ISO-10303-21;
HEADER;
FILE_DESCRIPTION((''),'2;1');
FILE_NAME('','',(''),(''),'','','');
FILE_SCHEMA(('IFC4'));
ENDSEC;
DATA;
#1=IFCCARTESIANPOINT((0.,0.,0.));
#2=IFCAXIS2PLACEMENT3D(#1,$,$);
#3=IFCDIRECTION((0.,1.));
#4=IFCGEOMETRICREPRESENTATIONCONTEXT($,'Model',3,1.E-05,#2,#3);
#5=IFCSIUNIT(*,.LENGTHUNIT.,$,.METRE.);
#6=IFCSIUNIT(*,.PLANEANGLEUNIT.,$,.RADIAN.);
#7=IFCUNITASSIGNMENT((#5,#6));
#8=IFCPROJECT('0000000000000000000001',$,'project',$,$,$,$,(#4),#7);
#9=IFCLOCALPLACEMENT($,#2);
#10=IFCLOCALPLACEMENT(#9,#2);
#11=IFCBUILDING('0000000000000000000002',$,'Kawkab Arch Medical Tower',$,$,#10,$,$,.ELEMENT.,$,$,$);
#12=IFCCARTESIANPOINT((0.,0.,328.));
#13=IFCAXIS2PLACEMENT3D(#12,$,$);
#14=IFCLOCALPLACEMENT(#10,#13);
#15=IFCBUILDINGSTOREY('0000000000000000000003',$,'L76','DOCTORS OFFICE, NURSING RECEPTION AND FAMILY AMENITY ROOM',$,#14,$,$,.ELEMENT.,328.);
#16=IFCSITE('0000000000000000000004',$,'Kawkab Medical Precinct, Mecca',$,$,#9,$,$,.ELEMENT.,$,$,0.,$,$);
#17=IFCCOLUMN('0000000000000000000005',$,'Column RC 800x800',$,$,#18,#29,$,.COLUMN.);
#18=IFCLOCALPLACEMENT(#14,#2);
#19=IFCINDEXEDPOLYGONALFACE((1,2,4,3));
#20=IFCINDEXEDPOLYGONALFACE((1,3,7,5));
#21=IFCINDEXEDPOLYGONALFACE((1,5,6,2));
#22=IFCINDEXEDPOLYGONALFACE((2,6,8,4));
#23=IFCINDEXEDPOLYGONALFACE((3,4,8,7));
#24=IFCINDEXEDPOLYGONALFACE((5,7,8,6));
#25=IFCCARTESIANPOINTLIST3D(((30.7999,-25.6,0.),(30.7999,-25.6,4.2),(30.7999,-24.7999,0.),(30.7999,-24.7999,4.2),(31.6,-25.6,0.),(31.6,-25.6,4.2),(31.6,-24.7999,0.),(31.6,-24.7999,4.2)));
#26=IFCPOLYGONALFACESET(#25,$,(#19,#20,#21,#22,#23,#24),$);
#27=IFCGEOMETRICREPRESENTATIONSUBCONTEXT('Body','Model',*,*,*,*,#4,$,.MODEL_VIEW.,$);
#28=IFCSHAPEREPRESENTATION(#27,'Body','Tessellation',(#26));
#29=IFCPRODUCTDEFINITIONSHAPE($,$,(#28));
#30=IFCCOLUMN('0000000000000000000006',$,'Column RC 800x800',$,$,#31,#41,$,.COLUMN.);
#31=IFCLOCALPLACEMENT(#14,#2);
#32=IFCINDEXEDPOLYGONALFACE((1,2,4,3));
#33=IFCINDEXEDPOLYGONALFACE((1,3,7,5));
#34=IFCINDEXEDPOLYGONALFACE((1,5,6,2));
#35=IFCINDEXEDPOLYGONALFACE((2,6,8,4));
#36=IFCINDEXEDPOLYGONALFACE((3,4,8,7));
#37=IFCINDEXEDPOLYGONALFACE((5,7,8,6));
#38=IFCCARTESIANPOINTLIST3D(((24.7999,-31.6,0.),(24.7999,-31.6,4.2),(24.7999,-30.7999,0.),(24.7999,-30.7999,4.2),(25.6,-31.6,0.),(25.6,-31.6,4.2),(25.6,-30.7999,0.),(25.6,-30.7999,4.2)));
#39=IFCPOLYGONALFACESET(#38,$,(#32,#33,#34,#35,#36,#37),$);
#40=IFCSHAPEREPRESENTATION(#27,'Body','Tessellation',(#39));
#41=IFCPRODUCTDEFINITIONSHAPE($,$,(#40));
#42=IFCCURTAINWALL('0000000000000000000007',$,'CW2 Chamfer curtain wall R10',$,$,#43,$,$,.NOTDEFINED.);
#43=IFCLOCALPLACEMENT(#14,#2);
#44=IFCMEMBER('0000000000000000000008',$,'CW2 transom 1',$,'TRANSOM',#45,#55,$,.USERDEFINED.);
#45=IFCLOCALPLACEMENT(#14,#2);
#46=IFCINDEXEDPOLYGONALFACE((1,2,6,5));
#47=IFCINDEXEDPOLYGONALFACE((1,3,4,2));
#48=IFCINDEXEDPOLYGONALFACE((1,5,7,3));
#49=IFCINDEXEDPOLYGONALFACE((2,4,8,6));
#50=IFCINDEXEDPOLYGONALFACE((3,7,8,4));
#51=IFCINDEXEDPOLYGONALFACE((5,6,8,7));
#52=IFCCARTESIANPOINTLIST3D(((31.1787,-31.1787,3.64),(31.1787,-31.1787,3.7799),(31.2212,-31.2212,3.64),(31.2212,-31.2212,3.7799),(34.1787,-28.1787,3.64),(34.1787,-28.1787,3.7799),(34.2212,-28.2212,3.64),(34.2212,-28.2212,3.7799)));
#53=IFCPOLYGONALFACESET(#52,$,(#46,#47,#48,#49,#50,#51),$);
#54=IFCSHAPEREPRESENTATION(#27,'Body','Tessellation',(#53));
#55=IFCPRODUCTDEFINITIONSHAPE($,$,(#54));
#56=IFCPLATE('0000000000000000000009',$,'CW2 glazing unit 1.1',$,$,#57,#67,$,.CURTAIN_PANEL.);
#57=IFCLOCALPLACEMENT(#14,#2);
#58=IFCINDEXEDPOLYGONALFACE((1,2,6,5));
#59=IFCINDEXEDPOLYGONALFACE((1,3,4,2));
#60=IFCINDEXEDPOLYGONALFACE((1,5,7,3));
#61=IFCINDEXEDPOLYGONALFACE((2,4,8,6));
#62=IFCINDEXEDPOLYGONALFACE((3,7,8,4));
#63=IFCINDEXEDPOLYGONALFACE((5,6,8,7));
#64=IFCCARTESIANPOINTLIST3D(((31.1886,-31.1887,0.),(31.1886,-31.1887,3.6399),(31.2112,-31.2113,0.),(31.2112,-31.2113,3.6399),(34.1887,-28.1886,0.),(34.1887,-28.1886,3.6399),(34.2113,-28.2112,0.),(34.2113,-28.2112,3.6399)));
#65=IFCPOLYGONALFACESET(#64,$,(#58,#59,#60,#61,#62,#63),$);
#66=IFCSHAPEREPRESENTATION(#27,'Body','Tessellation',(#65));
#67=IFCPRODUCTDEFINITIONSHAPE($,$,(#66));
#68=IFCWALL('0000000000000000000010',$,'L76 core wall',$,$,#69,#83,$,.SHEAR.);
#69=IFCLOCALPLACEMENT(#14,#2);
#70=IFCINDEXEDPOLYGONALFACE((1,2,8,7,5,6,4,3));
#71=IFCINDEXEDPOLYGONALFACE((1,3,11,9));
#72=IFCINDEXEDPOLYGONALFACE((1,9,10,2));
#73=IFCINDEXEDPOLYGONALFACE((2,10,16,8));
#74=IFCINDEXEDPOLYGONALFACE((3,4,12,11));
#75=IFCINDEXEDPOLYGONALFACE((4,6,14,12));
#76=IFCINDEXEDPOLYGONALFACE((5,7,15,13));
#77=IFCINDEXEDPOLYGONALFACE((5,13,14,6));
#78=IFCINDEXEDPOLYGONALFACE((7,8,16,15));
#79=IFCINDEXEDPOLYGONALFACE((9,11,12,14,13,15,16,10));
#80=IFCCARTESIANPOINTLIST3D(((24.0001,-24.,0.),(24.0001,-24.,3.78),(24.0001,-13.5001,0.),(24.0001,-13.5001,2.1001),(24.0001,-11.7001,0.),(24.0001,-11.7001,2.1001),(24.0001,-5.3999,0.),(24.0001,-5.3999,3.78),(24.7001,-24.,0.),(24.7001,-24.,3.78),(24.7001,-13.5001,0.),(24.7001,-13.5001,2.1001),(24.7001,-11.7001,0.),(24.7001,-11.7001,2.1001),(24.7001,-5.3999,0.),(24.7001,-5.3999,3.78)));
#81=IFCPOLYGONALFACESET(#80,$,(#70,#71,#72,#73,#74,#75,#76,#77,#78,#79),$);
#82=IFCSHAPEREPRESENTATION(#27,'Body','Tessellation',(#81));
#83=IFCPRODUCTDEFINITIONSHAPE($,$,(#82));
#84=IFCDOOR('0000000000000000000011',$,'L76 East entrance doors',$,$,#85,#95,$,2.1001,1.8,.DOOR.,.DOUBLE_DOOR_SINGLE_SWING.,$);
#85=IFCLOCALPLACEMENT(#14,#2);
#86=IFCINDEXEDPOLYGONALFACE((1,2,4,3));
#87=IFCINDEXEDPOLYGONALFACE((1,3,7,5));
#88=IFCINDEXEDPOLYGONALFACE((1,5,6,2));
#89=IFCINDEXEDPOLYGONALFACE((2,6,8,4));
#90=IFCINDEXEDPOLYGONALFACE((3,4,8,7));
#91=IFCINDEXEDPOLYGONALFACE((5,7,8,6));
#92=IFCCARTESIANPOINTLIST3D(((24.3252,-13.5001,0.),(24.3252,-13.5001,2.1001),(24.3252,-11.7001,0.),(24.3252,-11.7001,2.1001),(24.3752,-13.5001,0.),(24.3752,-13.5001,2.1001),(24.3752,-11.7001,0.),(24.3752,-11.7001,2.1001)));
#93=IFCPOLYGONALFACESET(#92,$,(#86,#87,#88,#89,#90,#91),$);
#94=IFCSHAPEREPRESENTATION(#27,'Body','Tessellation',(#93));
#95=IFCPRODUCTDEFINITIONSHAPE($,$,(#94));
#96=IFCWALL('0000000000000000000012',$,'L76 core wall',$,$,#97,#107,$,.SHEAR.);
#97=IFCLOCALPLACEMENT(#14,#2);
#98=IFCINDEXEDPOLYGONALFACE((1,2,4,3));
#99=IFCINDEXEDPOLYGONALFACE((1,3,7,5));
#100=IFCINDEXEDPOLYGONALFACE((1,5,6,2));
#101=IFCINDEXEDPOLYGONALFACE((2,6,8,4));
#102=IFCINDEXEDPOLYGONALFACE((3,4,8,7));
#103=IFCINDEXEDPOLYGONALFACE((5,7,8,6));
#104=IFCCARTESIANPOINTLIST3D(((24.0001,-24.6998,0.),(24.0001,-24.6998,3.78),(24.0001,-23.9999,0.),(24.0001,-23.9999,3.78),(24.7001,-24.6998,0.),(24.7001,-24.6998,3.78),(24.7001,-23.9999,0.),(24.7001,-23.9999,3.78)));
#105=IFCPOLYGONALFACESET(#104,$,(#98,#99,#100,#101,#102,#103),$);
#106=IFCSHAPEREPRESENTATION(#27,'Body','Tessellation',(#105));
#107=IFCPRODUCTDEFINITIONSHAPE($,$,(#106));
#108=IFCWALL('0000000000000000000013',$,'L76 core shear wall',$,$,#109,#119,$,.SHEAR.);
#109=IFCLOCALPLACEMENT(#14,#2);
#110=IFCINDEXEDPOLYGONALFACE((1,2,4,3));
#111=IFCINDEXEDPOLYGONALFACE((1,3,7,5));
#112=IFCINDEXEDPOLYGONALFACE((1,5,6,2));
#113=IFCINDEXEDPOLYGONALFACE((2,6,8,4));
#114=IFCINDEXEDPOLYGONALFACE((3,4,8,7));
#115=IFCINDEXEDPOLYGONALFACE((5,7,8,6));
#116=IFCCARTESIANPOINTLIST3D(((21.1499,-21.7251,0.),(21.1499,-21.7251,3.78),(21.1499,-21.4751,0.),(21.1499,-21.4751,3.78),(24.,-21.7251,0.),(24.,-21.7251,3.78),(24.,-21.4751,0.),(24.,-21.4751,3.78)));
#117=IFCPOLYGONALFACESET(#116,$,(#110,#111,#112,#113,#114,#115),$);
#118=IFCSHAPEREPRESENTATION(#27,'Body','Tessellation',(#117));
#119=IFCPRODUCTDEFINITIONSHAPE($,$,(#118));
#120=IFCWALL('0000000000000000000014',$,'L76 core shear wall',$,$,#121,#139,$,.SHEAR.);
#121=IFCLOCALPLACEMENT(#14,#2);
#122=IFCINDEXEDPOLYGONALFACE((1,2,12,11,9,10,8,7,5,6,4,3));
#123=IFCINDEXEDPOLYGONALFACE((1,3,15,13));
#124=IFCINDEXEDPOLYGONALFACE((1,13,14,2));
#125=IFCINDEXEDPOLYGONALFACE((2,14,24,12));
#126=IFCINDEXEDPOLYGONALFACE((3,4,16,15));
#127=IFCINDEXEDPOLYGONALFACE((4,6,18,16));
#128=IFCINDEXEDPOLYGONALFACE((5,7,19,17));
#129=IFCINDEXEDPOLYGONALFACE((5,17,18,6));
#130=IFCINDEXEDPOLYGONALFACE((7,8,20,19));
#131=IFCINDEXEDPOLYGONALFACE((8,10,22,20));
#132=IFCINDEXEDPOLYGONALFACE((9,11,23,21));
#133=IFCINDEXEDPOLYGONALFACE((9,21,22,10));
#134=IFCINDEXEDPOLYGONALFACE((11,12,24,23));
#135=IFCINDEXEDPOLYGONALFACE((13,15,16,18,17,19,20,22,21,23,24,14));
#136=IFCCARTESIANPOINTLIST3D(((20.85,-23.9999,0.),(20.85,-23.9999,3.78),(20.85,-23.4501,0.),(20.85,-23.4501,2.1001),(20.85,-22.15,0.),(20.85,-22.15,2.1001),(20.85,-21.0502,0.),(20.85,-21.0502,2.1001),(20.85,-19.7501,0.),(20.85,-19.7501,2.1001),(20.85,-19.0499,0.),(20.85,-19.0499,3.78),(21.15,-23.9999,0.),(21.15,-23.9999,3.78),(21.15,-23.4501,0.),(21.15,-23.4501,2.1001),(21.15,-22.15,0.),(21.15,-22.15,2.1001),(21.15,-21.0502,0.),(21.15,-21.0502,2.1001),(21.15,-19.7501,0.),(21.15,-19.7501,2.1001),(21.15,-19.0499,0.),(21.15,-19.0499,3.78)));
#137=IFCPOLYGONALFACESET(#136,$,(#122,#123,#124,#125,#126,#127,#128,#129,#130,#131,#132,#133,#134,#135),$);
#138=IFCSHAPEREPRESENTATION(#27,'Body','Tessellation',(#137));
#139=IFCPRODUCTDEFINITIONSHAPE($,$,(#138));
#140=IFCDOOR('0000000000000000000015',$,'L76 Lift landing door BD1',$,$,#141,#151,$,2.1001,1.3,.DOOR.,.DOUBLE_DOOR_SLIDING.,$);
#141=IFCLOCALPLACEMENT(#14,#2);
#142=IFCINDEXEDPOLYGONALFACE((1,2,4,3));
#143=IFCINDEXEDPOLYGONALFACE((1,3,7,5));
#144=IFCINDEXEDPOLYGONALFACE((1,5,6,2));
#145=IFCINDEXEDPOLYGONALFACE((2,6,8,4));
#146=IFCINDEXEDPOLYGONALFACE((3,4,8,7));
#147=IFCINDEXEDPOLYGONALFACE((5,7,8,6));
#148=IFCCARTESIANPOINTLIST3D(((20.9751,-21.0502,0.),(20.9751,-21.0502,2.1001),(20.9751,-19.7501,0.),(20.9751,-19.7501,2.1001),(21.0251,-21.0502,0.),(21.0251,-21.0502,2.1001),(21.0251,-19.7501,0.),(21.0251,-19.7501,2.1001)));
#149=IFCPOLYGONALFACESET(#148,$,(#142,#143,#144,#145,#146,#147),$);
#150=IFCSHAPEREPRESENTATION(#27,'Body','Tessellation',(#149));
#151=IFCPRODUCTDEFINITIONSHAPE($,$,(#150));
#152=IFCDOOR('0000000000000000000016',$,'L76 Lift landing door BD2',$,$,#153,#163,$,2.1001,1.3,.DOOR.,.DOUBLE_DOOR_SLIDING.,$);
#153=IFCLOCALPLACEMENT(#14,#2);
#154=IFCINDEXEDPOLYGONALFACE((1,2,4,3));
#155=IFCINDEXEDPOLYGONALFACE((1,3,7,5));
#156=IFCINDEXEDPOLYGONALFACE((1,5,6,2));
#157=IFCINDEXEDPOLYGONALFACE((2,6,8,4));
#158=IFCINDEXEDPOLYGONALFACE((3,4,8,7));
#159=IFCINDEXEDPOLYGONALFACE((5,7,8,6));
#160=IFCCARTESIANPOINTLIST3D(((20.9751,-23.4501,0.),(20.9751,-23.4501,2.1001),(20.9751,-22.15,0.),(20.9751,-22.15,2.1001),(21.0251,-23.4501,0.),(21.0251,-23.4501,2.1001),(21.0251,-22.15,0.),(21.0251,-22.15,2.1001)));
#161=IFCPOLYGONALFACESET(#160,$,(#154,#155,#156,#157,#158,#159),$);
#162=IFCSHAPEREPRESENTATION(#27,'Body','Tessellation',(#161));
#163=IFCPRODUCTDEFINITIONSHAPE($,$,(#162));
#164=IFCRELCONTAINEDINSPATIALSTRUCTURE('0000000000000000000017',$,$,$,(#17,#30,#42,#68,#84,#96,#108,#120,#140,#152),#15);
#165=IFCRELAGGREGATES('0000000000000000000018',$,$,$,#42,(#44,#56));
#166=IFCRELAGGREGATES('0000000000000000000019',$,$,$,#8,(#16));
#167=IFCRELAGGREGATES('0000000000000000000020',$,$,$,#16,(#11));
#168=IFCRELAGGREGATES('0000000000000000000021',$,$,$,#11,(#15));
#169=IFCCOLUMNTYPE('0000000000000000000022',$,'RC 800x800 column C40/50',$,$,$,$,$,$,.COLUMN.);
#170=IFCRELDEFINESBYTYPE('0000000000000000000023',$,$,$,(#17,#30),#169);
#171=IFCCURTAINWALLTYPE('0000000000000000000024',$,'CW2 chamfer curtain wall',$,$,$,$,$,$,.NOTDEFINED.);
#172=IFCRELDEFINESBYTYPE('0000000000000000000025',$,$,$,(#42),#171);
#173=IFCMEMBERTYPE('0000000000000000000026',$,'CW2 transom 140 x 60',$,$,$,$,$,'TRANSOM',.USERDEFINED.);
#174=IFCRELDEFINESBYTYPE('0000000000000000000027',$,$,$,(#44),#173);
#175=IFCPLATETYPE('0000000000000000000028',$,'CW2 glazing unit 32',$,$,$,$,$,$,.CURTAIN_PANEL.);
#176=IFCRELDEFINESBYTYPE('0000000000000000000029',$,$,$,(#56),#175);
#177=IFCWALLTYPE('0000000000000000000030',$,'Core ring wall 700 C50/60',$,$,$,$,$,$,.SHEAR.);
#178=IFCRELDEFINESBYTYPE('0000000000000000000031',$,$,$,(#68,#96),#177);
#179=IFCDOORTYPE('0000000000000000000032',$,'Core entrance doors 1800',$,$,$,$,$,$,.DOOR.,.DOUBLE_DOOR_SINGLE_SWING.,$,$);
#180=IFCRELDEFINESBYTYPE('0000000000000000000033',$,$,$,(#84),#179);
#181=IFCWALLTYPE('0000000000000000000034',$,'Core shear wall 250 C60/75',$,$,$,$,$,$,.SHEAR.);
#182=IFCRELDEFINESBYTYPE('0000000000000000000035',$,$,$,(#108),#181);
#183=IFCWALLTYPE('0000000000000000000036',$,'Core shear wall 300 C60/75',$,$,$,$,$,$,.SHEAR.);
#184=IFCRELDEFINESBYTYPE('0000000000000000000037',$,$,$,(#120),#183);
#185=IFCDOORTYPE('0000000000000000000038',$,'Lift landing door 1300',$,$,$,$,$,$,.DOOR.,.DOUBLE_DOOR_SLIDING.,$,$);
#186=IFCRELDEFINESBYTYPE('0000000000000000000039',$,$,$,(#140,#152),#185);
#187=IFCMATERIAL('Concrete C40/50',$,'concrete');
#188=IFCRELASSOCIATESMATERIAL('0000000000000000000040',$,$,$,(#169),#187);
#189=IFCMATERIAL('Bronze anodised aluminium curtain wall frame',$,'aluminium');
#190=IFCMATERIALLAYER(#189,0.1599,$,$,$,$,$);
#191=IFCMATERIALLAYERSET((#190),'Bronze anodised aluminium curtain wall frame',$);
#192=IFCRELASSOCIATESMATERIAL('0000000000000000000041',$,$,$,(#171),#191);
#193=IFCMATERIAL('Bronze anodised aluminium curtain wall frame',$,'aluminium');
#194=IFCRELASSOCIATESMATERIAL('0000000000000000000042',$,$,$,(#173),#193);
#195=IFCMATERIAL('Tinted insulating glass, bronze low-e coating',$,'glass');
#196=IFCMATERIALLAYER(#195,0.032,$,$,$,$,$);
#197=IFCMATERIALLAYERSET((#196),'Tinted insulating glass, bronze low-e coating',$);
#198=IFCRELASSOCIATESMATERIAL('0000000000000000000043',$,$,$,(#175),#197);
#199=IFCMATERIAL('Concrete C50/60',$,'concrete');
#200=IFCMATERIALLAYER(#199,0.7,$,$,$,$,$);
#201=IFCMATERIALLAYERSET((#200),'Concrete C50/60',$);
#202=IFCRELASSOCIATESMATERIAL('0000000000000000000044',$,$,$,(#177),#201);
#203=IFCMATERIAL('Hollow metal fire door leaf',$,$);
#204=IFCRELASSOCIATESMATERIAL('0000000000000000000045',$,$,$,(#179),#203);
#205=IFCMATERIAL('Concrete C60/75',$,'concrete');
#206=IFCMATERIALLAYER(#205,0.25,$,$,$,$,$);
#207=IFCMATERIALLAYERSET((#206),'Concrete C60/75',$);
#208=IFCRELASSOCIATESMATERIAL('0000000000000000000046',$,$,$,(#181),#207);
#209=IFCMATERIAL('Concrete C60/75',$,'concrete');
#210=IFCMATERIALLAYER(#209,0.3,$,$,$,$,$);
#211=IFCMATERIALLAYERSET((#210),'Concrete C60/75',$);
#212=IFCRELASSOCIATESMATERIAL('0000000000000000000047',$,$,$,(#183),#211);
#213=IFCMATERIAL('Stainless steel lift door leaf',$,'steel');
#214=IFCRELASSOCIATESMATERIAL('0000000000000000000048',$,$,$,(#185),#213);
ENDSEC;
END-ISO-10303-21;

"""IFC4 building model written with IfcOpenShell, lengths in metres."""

from ifc_helpers import new_model, si_unit, direction, frame, frame_2d, origin, origin_2d, place, context, subcontext, project, spatial, rectangle, extrude, material, layer, layer_set, material_profile, profile_set, type_object, element, fill, aggregate, save


model = new_model("IFC4")

# Units and contexts
model_context = context("Model", 3, precision=1e-05, world=origin(), true_north=direction((0.0, 1.0)))
body_context = subcontext(model_context, "Body", "Model", "MODEL_VIEW")
ifc_project = project(units=[si_unit("LENGTHUNIT", "METRE"), si_unit("PLANEANGLEUNIT", "RADIAN")], contexts=[model_context])

# Site, building, storey
site_placement = place(None, origin())
site = spatial("IfcSite", under=ifc_project, at=site_placement, Name="Kawkab Medical Precinct, Mecca", CompositionType="ELEMENT", RefElevation=0.0)
building_placement = place(site_placement, origin())
building = spatial("IfcBuilding", under=site, at=building_placement, Name="Kawkab Arch Medical Tower", CompositionType="ELEMENT")
storey_placement = place(building_placement, frame((0.0, 0.0, 328.0)))
storey = spatial("IfcBuildingStorey", under=building, at=storey_placement, Name="L76", Description="DOCTORS OFFICE, NURSING RECEPTION AND FAMILY AMENITY ROOM", CompositionType="ELEMENT", Elevation=328.0)

# Columns
ifc_material_1 = material(Name="Concrete C40/50", Category="concrete")
ifc_material_profile_1 = material_profile(ifc_material_1, rectangle(XDim=0.8, YDim=0.8, at=origin_2d()), Name="RC 800x800")
ifc_profile_set_1 = profile_set([ifc_material_profile_1], Name="Concrete C40/50")
column_type = type_object("IfcColumnType", Name="RC 800x800 column C40/50", PredefinedType="COLUMN", material=ifc_profile_set_1)
for number, where, z_axis, x_axis, name in (
    (1, (31.2, -25.2, 0.0), (0.0, 0.0, 1.0), (1.0, 0.0, 0.0), "Column RC 800x800"),
    (2, (25.2, -31.2, 0.0), (0.0, 0.0, 1.0), (1.0, 0.0, 0.0), "Column RC 800x800"),
):
    element("IfcColumn", number, at=place(storey_placement, frame(where, z_axis=z_axis, x_axis=x_axis)), inside=storey, type_object=column_type, Name=name, PredefinedType="COLUMN", context=body_context, shape_type="SweptSolid", body=[
        extrude(rectangle(XDim=0.8, YDim=0.8, at=origin_2d()), origin(), (0.0, 0.0, 1.0), 4.2),
    ])

# Curtain wall, member, plate
ifc_material_2 = material(Name="Bronze anodised aluminium curtain wall frame", Category="aluminium")
ifc_layer_1 = layer(ifc_material_2, 0.1599)
ifc_layer_set_1 = layer_set([ifc_layer_1], Name="Bronze anodised aluminium curtain wall frame")
curtain_wall_type = type_object("IfcCurtainWallType", Name="CW2 chamfer curtain wall", PredefinedType="NOTDEFINED", material=ifc_layer_set_1)
curtain_wall_placement = place(storey_placement, origin())
curtain_wall = element("IfcCurtainWall", 3, at=curtain_wall_placement, inside=storey, type_object=curtain_wall_type, Name="CW2 Chamfer curtain wall R10", PredefinedType="NOTDEFINED")
ifc_material_3 = material(Name="Bronze anodised aluminium curtain wall frame", Category="aluminium")
ifc_material_profile_2 = material_profile(ifc_material_3, rectangle(XDim=0.0601, YDim=0.1399, at=origin_2d()), Name="AL 60x140")
ifc_profile_set_2 = profile_set([ifc_material_profile_2], Name="Bronze anodised aluminium curtain wall frame")
member_type = type_object("IfcMemberType", Name="CW2 transom 140 x 60", ElementType="TRANSOM", PredefinedType="USERDEFINED", material=ifc_profile_set_2)
member_placement = place(storey_placement, frame((31.2, -31.2, 3.71), z_axis=(0.707107, 0.707107, 0.0), x_axis=(-0.707107, 0.707107, 0.0)))
member = element("IfcMember", 4, at=member_placement, type_object=member_type, Name="CW2 transom 1", ObjectType="TRANSOM", PredefinedType="USERDEFINED", context=body_context, shape_type="SweptSolid", body=[
    extrude(rectangle(XDim=0.0601, YDim=0.1399, at=origin_2d()), origin(), (0.0, 0.0, 1.0), 4.2427),
])
ifc_material_4 = material(Name="Tinted insulating glass, bronze low-e coating", Category="glass")
ifc_layer_2 = layer(ifc_material_4, 0.032)
ifc_layer_set_2 = layer_set([ifc_layer_2], Name="Tinted insulating glass, bronze low-e coating")
plate_type = type_object("IfcPlateType", Name="CW2 glazing unit 32", PredefinedType="CURTAIN_PANEL", material=ifc_layer_set_2)
plate_placement = place(storey_placement, frame((32.7, -29.7, 0.0), z_axis=(0.0, 0.0, 1.0), x_axis=(0.707107, 0.707107, 0.0)))
plate = element("IfcPlate", 5, at=plate_placement, type_object=plate_type, Name="CW2 glazing unit 1.1", PredefinedType="CURTAIN_PANEL", context=body_context, shape_type="SweptSolid", body=[
    extrude(rectangle(XDim=4.2427, YDim=0.032, at=origin_2d()), origin(), (0.0, 0.0, 1.0), 3.6399),
])
aggregate(curtain_wall, [member, plate])

# Wall, opening, door
ifc_material_5 = material(Name="Concrete C50/60", Category="concrete")
ifc_layer_3 = layer(ifc_material_5, 0.7)
ifc_layer_set_3 = layer_set([ifc_layer_3], Name="Concrete C50/60")
wall_type_1 = type_object("IfcWallType", Name="Core ring wall 700 C50/60", PredefinedType="SHEAR", material=ifc_layer_set_3)
wall_1_placement = place(storey_placement, frame((24.3501, -24.0, 0.0), z_axis=(0.0, 0.0, 1.0), x_axis=(0.0, 1.0, 0.0)))
wall_1 = element("IfcWall", 6, at=wall_1_placement, inside=storey, type_object=wall_type_1, Name="L76 core wall", PredefinedType="SHEAR", context=body_context, shape_type="SweptSolid", body=[
    extrude(rectangle(XDim=18.6001, YDim=0.7, at=frame_2d((9.3, 0.0))), origin(), (0.0, 0.0, 1.0), 3.78),
])
opening_1_placement = place(wall_1_placement, frame((10.5, 0.0, 0.0)))
opening_1 = element("IfcOpeningElement", 7, at=opening_1_placement, cuts=wall_1, PredefinedType="OPENING", context=body_context, shape_type="SweptSolid", body=[
    extrude(rectangle(XDim=1.8, YDim=2.1001, at=frame_2d((0.8999, 1.05))), frame((0.0, 0.3599, 0.0), z_axis=(0.0, -1.0, 0.0), x_axis=(1.0, 0.0, 0.0)), (0.0, 0.0, 1.0), 0.72),
])
ifc_material_6 = material(Name="Hollow metal fire door leaf")
door_type_1 = type_object("IfcDoorType", Name="Core entrance doors 1800", OperationType="DOUBLE_DOOR_SINGLE_SWING", PredefinedType="DOOR", material=ifc_material_6)
door_1_placement = place(opening_1_placement, origin())
door_1 = element("IfcDoor", 8, at=door_1_placement, inside=storey, type_object=door_type_1, Name="L76 East entrance doors", OperationType="DOUBLE_DOOR_SINGLE_SWING", OverallHeight=2.1001, OverallWidth=1.8, PredefinedType="DOOR", context=body_context, shape_type="SweptSolid", body=[
    extrude(rectangle(XDim=1.8, YDim=2.1001, at=frame_2d((0.8999, 1.05))), frame((0.0, 0.0249, 0.0), z_axis=(0.0, -1.0, 0.0), x_axis=(1.0, 0.0, 0.0)), (0.0, 0.0, 1.0), 0.05),
])
fill(opening_1, door_1)

# Walls
wall_2_placement = place(storey_placement, frame((24.3501, -24.7, 0.0), z_axis=(0.0, 0.0, 1.0), x_axis=(0.0, 1.0, 0.0)))
element("IfcWall", 9, at=wall_2_placement, inside=storey, type_object=wall_type_1, Name="L76 core wall", PredefinedType="SHEAR", context=body_context, shape_type="SweptSolid", body=[
    extrude(rectangle(XDim=0.7, YDim=0.7, at=frame_2d((0.3501, 0.0))), origin(), (0.0, 0.0, 1.0), 3.78),
])
ifc_material_7 = material(Name="Concrete C60/75", Category="concrete")
ifc_layer_4 = layer(ifc_material_7, 0.25)
ifc_layer_set_4 = layer_set([ifc_layer_4], Name="Concrete C60/75")
wall_type_2 = type_object("IfcWallType", Name="Core shear wall 250 C60/75", PredefinedType="SHEAR", material=ifc_layer_set_4)
wall_3_placement = place(storey_placement, frame((21.1499, -21.6001, 0.0), z_axis=(0.0, 0.0, 1.0), x_axis=(1.0, 0.0, 0.0)))
element("IfcWall", 10, at=wall_3_placement, inside=storey, type_object=wall_type_2, Name="L76 core shear wall", PredefinedType="SHEAR", context=body_context, shape_type="SweptSolid", body=[
    extrude(rectangle(XDim=2.8501, YDim=0.25, at=frame_2d((1.425, 0.0))), origin(), (0.0, 0.0, 1.0), 3.78),
])

# Wall, openings, doors
ifc_material_8 = material(Name="Concrete C60/75", Category="concrete")
ifc_layer_5 = layer(ifc_material_8, 0.3)
ifc_layer_set_5 = layer_set([ifc_layer_5], Name="Concrete C60/75")
wall_type_3 = type_object("IfcWallType", Name="Core shear wall 300 C60/75", PredefinedType="SHEAR", material=ifc_layer_set_5)
wall_4_placement = place(storey_placement, frame((21.0, -24.0, 0.0), z_axis=(0.0, 0.0, 1.0), x_axis=(0.0, 1.0, 0.0)))
wall_4 = element("IfcWall", 11, at=wall_4_placement, inside=storey, type_object=wall_type_3, Name="L76 core shear wall", PredefinedType="SHEAR", context=body_context, shape_type="SweptSolid", body=[
    extrude(rectangle(XDim=4.95, YDim=0.3, at=frame_2d((2.4751, 0.0))), origin(), (0.0, 0.0, 1.0), 3.78),
])
opening_2_placement = place(wall_4_placement, frame((2.95, 0.0, 0.0)))
opening_2 = element("IfcOpeningElement", 12, at=opening_2_placement, cuts=wall_4, PredefinedType="OPENING", context=body_context, shape_type="SweptSolid", body=[
    extrude(rectangle(XDim=1.3, YDim=2.1001, at=frame_2d((0.6499, 1.05))), frame((0.0, 0.1599, 0.0), z_axis=(0.0, -1.0, 0.0), x_axis=(1.0, 0.0, 0.0)), (0.0, 0.0, 1.0), 0.3201),
])
opening_3_placement = place(wall_4_placement, frame((0.55, 0.0, 0.0)))
opening_3 = element("IfcOpeningElement", 13, at=opening_3_placement, cuts=wall_4, PredefinedType="OPENING", context=body_context, shape_type="SweptSolid", body=[
    extrude(rectangle(XDim=1.3, YDim=2.1001, at=frame_2d((0.6499, 1.05))), frame((0.0, 0.1599, 0.0), z_axis=(0.0, -1.0, 0.0), x_axis=(1.0, 0.0, 0.0)), (0.0, 0.0, 1.0), 0.3201),
])
ifc_material_9 = material(Name="Stainless steel lift door leaf", Category="steel")
door_type_2 = type_object("IfcDoorType", Name="Lift landing door 1300", OperationType="DOUBLE_DOOR_SLIDING", PredefinedType="DOOR", material=ifc_material_9)
door_2_placement = place(opening_2_placement, origin())
door_2 = element("IfcDoor", 14, at=door_2_placement, inside=storey, type_object=door_type_2, Name="L76 Lift landing door BD1", OperationType="DOUBLE_DOOR_SLIDING", OverallHeight=2.1001, OverallWidth=1.3, PredefinedType="DOOR", context=body_context, shape_type="SweptSolid", body=[
    extrude(rectangle(XDim=1.3, YDim=2.1001, at=frame_2d((0.6499, 1.05))), frame((0.0, 0.0249, 0.0), z_axis=(0.0, -1.0, 0.0), x_axis=(1.0, 0.0, 0.0)), (0.0, 0.0, 1.0), 0.05),
])
fill(opening_2, door_2)
door_3_placement = place(opening_3_placement, origin())
door_3 = element("IfcDoor", 15, at=door_3_placement, inside=storey, type_object=door_type_2, Name="L76 Lift landing door BD2", OperationType="DOUBLE_DOOR_SLIDING", OverallHeight=2.1001, OverallWidth=1.3, PredefinedType="DOOR", context=body_context, shape_type="SweptSolid", body=[
    extrude(rectangle(XDim=1.3, YDim=2.1001, at=frame_2d((0.6499, 1.05))), frame((0.0, 0.0249, 0.0), z_axis=(0.0, -1.0, 0.0), x_axis=(1.0, 0.0, 0.0)), (0.0, 0.0, 1.0), 0.05),
])
fill(opening_3, door_3)

save(model, "model.ifc")
